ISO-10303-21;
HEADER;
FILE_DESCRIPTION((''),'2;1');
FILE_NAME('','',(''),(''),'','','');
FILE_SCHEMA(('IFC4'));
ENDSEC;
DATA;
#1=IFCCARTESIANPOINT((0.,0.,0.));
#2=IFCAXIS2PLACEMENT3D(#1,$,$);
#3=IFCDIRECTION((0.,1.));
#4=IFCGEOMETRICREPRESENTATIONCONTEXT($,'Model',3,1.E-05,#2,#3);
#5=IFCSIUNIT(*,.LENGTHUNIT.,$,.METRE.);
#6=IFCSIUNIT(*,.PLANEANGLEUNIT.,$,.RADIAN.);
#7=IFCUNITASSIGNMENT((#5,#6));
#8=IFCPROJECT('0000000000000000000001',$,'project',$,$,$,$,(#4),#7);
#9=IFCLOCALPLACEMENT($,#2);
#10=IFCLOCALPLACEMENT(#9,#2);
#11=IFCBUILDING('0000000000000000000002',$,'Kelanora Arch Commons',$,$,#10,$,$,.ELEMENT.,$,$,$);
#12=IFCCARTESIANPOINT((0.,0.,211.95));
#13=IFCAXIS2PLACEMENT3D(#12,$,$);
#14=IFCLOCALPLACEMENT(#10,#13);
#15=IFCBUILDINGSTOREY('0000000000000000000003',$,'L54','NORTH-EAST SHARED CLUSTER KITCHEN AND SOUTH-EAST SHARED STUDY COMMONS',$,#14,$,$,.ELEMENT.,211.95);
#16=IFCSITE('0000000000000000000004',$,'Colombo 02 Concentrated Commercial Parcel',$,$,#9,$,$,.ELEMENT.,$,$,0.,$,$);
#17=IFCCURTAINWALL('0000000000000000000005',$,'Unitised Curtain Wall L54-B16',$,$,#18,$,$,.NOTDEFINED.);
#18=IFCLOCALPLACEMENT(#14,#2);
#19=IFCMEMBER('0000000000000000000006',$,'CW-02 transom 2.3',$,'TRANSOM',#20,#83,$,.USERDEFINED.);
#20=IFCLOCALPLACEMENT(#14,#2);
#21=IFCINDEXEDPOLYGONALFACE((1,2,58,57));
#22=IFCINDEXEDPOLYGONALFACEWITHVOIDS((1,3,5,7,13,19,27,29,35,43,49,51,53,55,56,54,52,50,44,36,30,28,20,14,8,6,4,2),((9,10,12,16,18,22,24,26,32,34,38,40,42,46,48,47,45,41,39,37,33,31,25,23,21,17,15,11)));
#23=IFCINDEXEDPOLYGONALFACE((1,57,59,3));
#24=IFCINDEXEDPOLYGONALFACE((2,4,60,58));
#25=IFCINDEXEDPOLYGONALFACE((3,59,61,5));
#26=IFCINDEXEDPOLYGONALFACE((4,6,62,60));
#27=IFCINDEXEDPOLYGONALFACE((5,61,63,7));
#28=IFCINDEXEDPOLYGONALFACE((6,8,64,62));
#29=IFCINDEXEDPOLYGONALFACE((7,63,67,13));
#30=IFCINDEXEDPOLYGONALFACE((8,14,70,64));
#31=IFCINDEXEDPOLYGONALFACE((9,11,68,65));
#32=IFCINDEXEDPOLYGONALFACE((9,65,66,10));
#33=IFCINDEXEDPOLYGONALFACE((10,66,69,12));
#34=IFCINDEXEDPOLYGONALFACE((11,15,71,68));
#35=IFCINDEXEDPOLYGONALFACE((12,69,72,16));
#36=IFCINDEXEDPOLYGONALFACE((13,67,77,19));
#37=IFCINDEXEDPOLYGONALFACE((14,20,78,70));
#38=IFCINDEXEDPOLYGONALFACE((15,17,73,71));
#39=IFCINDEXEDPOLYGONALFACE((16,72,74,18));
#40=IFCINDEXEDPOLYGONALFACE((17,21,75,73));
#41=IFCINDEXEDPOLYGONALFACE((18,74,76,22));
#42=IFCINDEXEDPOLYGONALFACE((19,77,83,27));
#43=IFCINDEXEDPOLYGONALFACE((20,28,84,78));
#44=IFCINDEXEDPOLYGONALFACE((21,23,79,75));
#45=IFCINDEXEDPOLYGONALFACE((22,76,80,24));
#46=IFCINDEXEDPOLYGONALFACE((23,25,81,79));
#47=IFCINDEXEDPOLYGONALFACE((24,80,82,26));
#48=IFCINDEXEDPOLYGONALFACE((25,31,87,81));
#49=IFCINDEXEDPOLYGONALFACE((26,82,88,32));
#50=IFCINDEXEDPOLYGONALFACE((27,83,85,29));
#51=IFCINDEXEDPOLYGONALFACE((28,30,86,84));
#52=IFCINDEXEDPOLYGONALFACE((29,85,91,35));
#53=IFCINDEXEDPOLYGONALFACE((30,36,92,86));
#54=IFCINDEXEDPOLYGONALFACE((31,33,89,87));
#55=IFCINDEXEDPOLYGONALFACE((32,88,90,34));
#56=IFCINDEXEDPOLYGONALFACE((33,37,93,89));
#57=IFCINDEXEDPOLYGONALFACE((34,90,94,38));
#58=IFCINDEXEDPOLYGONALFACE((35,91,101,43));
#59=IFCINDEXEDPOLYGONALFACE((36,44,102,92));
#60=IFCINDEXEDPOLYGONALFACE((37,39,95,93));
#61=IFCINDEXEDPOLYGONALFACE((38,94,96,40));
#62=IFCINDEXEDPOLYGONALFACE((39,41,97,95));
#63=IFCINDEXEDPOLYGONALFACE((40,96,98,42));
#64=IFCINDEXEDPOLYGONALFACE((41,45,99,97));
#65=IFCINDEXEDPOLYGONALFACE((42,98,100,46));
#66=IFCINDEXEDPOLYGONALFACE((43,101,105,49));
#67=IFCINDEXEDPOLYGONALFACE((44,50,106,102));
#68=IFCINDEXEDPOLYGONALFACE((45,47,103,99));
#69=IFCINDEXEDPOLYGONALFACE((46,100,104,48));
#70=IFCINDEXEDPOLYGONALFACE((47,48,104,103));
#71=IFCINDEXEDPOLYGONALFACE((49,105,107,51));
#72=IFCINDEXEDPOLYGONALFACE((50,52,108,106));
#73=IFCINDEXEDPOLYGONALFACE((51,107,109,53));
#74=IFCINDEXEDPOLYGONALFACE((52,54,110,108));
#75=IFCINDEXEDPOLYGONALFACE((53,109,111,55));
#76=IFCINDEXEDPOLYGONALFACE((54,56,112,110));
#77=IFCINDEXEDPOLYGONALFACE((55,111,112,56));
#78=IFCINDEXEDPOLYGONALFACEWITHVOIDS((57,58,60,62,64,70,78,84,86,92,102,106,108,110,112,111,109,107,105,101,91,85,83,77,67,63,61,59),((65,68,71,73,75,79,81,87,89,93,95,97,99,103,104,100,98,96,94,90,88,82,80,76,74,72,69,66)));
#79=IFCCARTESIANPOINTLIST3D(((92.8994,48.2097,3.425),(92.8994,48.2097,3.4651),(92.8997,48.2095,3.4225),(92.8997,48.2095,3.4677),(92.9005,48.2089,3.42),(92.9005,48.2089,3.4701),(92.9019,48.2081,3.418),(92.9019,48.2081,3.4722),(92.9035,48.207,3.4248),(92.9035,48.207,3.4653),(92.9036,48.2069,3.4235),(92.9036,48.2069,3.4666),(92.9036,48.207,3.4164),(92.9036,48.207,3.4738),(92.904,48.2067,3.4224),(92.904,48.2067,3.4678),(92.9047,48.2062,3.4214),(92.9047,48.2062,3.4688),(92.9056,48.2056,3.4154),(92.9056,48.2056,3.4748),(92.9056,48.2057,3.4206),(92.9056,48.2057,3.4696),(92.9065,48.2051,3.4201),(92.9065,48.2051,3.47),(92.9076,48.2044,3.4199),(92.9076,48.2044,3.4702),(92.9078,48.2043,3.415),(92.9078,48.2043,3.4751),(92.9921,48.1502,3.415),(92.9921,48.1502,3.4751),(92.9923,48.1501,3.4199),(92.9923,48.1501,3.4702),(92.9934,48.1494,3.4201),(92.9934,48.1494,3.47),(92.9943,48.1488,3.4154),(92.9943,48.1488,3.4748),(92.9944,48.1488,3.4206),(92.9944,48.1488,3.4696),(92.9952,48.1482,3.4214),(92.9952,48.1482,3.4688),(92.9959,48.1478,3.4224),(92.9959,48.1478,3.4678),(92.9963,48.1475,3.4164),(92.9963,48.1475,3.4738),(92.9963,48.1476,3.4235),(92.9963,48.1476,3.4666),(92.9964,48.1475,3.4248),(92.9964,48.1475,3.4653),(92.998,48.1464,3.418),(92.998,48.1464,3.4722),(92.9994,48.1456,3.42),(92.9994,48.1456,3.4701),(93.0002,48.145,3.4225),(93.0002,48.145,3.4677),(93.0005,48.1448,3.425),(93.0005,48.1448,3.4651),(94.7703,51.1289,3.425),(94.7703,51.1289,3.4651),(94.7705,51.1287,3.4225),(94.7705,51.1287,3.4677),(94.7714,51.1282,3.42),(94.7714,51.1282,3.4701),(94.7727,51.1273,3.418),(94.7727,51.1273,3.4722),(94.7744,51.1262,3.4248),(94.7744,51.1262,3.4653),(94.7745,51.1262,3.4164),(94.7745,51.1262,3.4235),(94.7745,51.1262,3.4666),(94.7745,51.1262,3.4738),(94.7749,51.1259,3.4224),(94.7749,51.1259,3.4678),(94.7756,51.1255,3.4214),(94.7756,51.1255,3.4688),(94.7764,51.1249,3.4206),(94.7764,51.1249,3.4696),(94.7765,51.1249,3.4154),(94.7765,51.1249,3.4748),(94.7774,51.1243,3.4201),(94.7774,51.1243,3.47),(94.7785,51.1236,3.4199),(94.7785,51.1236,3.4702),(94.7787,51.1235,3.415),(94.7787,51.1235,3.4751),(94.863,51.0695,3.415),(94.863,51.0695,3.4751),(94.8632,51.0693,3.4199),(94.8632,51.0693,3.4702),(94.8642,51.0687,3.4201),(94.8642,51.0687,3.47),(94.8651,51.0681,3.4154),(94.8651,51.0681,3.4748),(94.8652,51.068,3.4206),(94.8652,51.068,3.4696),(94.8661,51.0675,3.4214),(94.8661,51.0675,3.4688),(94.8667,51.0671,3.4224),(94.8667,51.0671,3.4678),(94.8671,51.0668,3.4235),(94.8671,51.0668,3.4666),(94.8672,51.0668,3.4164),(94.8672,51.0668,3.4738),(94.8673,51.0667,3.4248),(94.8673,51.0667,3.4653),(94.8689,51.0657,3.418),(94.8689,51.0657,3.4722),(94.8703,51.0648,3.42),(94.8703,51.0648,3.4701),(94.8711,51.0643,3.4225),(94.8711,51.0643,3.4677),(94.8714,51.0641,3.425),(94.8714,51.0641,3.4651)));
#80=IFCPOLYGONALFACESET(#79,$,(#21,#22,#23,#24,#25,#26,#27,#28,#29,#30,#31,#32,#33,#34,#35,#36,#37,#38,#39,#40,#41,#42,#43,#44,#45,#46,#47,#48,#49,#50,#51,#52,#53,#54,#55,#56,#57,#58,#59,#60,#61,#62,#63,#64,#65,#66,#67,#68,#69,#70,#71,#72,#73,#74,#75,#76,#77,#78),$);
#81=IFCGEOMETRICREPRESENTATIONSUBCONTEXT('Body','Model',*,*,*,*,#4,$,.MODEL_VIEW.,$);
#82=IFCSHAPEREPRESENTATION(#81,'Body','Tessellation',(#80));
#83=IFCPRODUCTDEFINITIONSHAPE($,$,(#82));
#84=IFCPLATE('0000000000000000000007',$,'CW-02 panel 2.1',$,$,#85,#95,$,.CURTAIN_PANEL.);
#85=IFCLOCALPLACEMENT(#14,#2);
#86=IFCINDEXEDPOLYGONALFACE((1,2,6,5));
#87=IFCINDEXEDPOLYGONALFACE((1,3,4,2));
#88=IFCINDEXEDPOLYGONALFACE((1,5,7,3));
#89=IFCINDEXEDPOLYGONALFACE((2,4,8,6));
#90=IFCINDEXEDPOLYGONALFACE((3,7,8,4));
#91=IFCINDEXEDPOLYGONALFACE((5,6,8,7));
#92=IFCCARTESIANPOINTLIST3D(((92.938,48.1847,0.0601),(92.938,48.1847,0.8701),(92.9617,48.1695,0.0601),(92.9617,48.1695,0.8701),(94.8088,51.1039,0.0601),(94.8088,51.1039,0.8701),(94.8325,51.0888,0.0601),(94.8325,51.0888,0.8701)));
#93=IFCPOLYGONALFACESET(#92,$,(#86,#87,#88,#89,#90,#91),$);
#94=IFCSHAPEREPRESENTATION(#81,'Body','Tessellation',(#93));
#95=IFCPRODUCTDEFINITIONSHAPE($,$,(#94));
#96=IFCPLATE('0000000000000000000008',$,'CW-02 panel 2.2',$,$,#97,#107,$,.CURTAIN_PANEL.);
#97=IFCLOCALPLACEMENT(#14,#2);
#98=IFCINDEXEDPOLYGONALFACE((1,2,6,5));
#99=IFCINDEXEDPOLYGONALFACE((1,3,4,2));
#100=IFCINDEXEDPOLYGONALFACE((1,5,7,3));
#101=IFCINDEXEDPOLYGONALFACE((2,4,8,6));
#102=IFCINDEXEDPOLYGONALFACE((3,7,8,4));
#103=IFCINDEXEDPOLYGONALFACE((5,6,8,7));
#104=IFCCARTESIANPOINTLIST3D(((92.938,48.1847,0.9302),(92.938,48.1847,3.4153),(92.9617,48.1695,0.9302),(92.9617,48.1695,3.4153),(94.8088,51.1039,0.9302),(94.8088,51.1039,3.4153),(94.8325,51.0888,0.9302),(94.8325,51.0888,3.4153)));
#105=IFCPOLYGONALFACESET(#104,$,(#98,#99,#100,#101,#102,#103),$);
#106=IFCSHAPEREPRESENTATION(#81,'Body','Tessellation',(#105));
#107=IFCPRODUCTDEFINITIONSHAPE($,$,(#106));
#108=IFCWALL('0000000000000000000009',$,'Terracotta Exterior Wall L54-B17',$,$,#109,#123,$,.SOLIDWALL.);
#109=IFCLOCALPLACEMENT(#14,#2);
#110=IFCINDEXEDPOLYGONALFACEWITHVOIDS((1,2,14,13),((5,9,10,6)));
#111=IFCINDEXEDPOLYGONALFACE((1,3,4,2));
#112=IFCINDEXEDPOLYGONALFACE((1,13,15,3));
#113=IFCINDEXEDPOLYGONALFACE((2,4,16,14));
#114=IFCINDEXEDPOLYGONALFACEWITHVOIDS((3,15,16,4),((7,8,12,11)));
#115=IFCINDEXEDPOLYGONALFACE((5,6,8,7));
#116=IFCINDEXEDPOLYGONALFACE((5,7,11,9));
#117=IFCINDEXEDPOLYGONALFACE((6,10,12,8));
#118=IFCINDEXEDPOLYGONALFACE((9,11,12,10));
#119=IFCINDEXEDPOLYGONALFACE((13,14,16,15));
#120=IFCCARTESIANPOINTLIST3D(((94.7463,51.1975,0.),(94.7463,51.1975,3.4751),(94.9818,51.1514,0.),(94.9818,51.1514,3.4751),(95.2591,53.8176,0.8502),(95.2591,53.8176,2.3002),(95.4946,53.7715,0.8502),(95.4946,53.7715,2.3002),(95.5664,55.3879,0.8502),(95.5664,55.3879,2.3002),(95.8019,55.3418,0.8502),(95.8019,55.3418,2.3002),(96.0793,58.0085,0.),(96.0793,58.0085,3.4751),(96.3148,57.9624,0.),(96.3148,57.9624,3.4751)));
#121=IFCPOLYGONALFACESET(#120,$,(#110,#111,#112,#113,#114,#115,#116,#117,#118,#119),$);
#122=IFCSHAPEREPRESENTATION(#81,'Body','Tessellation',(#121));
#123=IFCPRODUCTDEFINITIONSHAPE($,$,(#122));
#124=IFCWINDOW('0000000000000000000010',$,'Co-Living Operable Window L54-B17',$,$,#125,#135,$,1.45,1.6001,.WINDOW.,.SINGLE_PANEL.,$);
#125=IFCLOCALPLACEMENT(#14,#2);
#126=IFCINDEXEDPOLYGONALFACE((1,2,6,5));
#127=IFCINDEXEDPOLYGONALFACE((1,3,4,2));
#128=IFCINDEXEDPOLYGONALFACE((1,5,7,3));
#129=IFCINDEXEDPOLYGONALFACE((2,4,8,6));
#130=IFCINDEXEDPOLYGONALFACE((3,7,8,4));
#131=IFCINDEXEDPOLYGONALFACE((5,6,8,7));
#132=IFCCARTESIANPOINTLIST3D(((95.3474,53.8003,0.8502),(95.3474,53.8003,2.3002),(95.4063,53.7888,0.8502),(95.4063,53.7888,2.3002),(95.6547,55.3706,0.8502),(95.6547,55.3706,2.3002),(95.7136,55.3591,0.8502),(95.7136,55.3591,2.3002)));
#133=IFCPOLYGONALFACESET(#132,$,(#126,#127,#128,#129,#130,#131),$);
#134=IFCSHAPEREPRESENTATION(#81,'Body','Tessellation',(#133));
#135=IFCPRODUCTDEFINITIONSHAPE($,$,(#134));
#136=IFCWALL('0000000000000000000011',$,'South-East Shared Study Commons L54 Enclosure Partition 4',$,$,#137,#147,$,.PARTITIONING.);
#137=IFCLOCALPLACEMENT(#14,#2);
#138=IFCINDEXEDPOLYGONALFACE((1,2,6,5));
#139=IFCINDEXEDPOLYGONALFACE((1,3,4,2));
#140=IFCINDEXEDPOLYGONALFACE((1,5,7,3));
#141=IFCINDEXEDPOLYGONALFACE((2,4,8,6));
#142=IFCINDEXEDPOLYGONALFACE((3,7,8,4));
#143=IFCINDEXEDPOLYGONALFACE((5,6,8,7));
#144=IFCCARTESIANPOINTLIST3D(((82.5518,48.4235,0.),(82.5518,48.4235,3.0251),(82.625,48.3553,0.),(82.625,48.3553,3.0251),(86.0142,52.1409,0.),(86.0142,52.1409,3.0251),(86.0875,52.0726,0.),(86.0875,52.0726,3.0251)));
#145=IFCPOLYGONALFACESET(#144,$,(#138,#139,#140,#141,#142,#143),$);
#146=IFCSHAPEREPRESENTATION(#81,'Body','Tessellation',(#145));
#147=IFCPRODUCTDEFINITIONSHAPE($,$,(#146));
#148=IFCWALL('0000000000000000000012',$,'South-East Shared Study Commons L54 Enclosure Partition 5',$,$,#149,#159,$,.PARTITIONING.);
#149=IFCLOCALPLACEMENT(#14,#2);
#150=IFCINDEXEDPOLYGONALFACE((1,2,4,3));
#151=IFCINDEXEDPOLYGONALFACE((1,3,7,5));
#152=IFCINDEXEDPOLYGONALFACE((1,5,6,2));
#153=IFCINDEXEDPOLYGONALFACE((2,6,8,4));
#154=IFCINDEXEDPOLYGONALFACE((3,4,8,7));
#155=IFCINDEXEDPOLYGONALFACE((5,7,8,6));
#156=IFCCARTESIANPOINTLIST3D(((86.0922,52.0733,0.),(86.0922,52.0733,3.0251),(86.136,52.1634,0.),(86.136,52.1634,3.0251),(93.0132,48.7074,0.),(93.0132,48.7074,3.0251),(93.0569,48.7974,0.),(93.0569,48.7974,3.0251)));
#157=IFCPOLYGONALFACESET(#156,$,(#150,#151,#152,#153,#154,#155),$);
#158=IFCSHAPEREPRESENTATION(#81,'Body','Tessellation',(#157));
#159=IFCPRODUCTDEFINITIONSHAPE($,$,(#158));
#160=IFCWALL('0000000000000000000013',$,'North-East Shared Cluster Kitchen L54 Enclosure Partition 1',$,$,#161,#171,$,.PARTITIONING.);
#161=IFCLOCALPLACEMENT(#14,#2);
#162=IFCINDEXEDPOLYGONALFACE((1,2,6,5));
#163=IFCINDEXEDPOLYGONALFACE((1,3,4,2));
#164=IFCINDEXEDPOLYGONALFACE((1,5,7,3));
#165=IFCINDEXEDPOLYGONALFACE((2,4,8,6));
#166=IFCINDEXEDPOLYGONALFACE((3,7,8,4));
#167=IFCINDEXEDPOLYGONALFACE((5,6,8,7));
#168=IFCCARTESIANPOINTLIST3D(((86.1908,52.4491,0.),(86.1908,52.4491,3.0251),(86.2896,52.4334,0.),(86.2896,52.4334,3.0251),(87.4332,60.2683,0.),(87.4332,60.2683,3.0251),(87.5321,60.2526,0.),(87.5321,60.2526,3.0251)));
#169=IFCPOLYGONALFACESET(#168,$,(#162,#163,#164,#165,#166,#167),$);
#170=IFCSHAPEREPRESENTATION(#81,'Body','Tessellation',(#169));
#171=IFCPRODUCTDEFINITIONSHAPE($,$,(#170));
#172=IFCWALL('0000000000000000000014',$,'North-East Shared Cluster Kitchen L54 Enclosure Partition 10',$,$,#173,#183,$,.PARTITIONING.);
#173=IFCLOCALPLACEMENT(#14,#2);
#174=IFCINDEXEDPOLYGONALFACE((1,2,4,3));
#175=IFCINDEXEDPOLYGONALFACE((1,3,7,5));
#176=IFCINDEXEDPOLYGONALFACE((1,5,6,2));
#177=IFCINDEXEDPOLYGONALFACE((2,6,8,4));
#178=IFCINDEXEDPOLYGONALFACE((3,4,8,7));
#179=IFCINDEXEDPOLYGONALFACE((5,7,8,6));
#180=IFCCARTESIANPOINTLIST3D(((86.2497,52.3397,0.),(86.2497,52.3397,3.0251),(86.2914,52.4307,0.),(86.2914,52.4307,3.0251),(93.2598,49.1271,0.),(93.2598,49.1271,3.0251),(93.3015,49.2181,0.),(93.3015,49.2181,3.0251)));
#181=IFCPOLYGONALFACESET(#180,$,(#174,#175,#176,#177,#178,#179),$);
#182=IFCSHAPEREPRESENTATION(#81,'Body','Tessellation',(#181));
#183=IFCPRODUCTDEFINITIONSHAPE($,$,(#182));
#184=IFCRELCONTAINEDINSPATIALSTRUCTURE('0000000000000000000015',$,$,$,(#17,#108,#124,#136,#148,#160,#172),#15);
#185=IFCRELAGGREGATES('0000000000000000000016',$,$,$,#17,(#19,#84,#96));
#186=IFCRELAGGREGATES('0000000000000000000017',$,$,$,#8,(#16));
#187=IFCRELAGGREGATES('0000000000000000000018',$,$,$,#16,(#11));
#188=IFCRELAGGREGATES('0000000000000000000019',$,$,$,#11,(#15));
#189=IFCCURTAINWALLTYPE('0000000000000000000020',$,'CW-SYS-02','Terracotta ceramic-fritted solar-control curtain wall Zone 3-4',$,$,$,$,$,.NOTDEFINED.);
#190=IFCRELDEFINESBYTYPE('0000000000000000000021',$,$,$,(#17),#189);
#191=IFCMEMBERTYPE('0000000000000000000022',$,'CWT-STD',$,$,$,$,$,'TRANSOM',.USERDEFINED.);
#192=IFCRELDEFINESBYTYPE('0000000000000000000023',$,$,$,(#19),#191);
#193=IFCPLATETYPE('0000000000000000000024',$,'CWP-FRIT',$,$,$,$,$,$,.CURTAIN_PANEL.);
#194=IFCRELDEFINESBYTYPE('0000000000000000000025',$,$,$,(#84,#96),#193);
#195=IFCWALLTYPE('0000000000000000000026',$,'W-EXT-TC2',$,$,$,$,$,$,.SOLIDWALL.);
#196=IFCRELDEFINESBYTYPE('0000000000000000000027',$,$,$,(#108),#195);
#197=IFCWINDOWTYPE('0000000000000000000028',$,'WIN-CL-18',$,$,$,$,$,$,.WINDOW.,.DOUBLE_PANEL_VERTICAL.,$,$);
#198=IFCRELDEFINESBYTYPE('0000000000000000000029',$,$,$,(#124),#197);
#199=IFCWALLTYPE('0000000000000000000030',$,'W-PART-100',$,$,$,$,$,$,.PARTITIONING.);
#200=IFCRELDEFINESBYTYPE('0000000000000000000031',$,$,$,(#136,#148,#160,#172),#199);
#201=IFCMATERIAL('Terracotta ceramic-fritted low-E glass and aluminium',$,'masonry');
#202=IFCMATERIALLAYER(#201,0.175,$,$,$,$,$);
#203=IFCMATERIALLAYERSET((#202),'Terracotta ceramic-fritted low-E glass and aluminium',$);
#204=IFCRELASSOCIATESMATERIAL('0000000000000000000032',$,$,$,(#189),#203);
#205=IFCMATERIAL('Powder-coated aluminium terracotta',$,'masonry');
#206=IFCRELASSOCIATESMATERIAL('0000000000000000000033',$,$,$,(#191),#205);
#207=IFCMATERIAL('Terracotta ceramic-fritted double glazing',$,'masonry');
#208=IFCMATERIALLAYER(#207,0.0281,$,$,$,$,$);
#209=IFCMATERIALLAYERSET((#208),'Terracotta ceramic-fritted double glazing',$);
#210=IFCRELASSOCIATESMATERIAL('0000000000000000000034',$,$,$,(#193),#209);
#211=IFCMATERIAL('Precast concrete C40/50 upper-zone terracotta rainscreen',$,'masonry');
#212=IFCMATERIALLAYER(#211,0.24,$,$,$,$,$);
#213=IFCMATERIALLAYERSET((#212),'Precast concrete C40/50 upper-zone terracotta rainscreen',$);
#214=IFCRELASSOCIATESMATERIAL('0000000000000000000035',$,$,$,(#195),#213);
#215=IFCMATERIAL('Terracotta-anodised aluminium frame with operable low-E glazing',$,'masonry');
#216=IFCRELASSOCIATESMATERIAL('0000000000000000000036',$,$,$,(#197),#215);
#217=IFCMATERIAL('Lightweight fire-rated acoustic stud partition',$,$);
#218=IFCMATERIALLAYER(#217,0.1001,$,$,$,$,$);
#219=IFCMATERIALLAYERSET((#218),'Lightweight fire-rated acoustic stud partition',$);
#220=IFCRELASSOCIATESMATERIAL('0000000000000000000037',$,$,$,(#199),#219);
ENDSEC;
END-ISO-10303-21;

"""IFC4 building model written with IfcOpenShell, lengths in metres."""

from ifc_helpers import new_model, si_unit, direction, frame, frame_2d, origin, origin_2d, place, context, subcontext, project, spatial, rectangle, hollow_rectangle, extrude, source, transform, mapped, material, layer, layer_set, material_profile, profile_set, type_object, element, fill, aggregate, save


model = new_model("IFC4")

# Units and contexts
model_context = context("Model", 3, precision=1e-05, world=origin(), true_north=direction((0.0, 1.0)))
body_context = subcontext(model_context, "Body", "Model", "MODEL_VIEW")
ifc_project = project(units=[si_unit("LENGTHUNIT", "METRE"), si_unit("PLANEANGLEUNIT", "RADIAN")], contexts=[model_context])

# Site, building, storey
site_placement = place(None, origin())
site = spatial("IfcSite", under=ifc_project, at=site_placement, Name="Colombo 02 Concentrated Commercial Parcel", CompositionType="ELEMENT", RefElevation=0.0)
building_placement = place(site_placement, origin())
building = spatial("IfcBuilding", under=site, at=building_placement, Name="Kelanora Arch Commons", CompositionType="ELEMENT")
storey_placement = place(building_placement, frame((0.0, 0.0, 211.95)))
storey = spatial("IfcBuildingStorey", under=building, at=storey_placement, Name="L54", Description="NORTH-EAST SHARED CLUSTER KITCHEN AND SOUTH-EAST SHARED STUDY COMMONS", CompositionType="ELEMENT", Elevation=211.95)

# Curtain wall, member, plates
ifc_material_1 = material(Name="Terracotta ceramic-fritted low-E glass and aluminium", Category="masonry")
ifc_layer_1 = layer(ifc_material_1, 0.175)
ifc_layer_set_1 = layer_set([ifc_layer_1], Name="Terracotta ceramic-fritted low-E glass and aluminium")
curtain_wall_type = type_object("IfcCurtainWallType", Name="CW-SYS-02", Description="Terracotta ceramic-fritted solar-control curtain wall Zone 3-4", PredefinedType="NOTDEFINED", material=ifc_layer_set_1)
curtain_wall_placement = place(storey_placement, origin())
curtain_wall = element("IfcCurtainWall", 1, at=curtain_wall_placement, inside=storey, type_object=curtain_wall_type, Name="Unitised Curtain Wall L54-B16", PredefinedType="NOTDEFINED")
ifc_material_2 = material(Name="Powder-coated aluminium terracotta", Category="masonry")
ifc_material_profile_1 = material_profile(ifc_material_2, hollow_rectangle(XDim=0.1201, YDim=0.0601, WallThickness=0.0049, InnerFilletRadius=0.0049, OuterFilletRadius=0.01, at=origin_2d()), Name="CWT120x60")
ifc_profile_set_1 = profile_set([ifc_material_profile_1], Name="Powder-coated aluminium terracotta")
member_type_1 = type_object("IfcMemberType", Name="CWT-STD", ElementType="TRANSOM", PredefinedType="USERDEFINED", material=ifc_profile_set_1)
member_1_placement = place(storey_placement, frame((92.95, 48.1772, 3.4451), z_axis=(0.539579, 0.841935, 0.0), x_axis=(-0.841935, 0.539579, 0.0)))
member_1 = element("IfcMember", 2, at=member_1_placement, type_object=member_type_1, Name="CW-02 transom 2.3", ObjectType="TRANSOM", PredefinedType="USERDEFINED", context=body_context, shape_type="SweptSolid", body=[
    extrude(hollow_rectangle(XDim=0.1201, YDim=0.0601, WallThickness=0.0049, InnerFilletRadius=0.0049, OuterFilletRadius=0.01, at=origin_2d()), origin(), (0.0, 0.0, 1.0), 3.4673),
])
ifc_material_3 = material(Name="Terracotta ceramic-fritted double glazing", Category="masonry")
ifc_layer_2 = layer(ifc_material_3, 0.0281)
ifc_layer_set_2 = layer_set([ifc_layer_2], Name="Terracotta ceramic-fritted double glazing")
plate_type = type_object("IfcPlateType", Name="CWP-FRIT", PredefinedType="CURTAIN_PANEL", material=ifc_layer_set_2)
shared_shape_1 = source(origin(), body_context, "Body", "SweptSolid", [
    extrude(rectangle(XDim=3.4673, YDim=0.0281, at=origin_2d()), origin(), (0.0, 0.0, 1.0), 0.8101),
])
plate_1_placement = place(storey_placement, frame((93.8853, 49.6367, 0.0601), z_axis=(0.0, 0.0, 1.0), x_axis=(0.539559, 0.841948, 0.0)))
plate_1 = element("IfcPlate", 3, at=plate_1_placement, type_object=plate_type, Name="CW-02 panel 2.1", PredefinedType="CURTAIN_PANEL", context=body_context, shape_type="MappedRepresentation", body=[
    mapped(shared_shape_1, transform((0.0, 0.0, 0.0), scale=1.0)),
])
shared_shape_2 = source(origin(), body_context, "Body", "SweptSolid", [
    extrude(rectangle(XDim=3.4673, YDim=0.0281, at=origin_2d()), origin(), (0.0, 0.0, 1.0), 2.4851),
])
plate_2_placement = place(storey_placement, frame((93.8853, 49.6367, 0.9302), z_axis=(0.0, 0.0, 1.0), x_axis=(0.539559, 0.841948, 0.0)))
plate_2 = element("IfcPlate", 4, at=plate_2_placement, type_object=plate_type, Name="CW-02 panel 2.2", PredefinedType="CURTAIN_PANEL", context=body_context, shape_type="MappedRepresentation", body=[
    mapped(shared_shape_2, transform((0.0, 0.0, 0.0), scale=1.0)),
])
aggregate(curtain_wall, [member_1, plate_1, plate_2])

# Wall, opening, window
ifc_material_4 = material(Name="Precast concrete C40/50 upper-zone terracotta rainscreen", Category="masonry")
ifc_layer_3 = layer(ifc_material_4, 0.24)
ifc_layer_set_3 = layer_set([ifc_layer_3], Name="Precast concrete C40/50 upper-zone terracotta rainscreen")
wall_type_1 = type_object("IfcWallType", Name="W-EXT-TC2", PredefinedType="SOLIDWALL", material=ifc_layer_set_3)
wall_1_placement = place(storey_placement, frame((94.864, 51.1743, 0.0), z_axis=(0.0, 0.0, 1.0), x_axis=(0.192069, 0.981381, 0.0)))
wall_1 = element("IfcWall", 5, at=wall_1_placement, inside=storey, type_object=wall_type_1, Name="Terracotta Exterior Wall L54-B17", PredefinedType="SOLIDWALL", context=body_context, shape_type="SweptSolid", body=[
    extrude(rectangle(XDim=6.9402, YDim=0.24, at=frame_2d((3.4702, 0.0))), origin(), (0.0, 0.0, 1.0), 3.4751),
])
opening_placement = place(wall_1_placement, frame((2.6699, 0.0, 0.8501)))
opening = element("IfcOpeningElement", 6, at=opening_placement, cuts=wall_1, PredefinedType="OPENING", context=body_context, shape_type="SweptSolid", body=[
    extrude(rectangle(XDim=1.6001, YDim=1.45, at=frame_2d((0.8, 0.7251))), frame((0.0, 0.1299, 0.0), z_axis=(0.0, -1.0, 0.0), x_axis=(1.0, 0.0, 0.0)), (0.0, 0.0, 1.0), 0.26),
])
ifc_material_5 = material(Name="Terracotta-anodised aluminium frame with operable low-E glazing", Category="masonry")
window_type = type_object("IfcWindowType", Name="WIN-CL-18", PartitioningType="DOUBLE_PANEL_VERTICAL", PredefinedType="WINDOW", material=ifc_material_5)
window_placement = place(opening_placement, origin())
window = element("IfcWindow", 7, at=window_placement, inside=storey, type_object=window_type, Name="Co-Living Operable Window L54-B17", OverallHeight=1.45, OverallWidth=1.6001, PartitioningType="SINGLE_PANEL", PredefinedType="WINDOW", context=body_context, shape_type="SweptSolid", body=[
    extrude(rectangle(XDim=1.6001, YDim=1.45, at=frame_2d((0.8, 0.7251))), frame((0.0, 0.03, 0.0), z_axis=(0.0, -1.0, 0.0), x_axis=(1.0, 0.0, 0.0)), (0.0, 0.0, 1.0), 0.0601),
])
fill(opening, window)

# Walls
ifc_material_6 = material(Name="Lightweight fire-rated acoustic stud partition")
ifc_layer_4 = layer(ifc_material_6, 0.1001)
ifc_layer_set_4 = layer_set([ifc_layer_4], Name="Lightweight fire-rated acoustic stud partition")
wall_type_2 = type_object("IfcWallType", Name="W-PART-100", PredefinedType="PARTITIONING", material=ifc_layer_set_4)
wall_2_placement = place(storey_placement, frame((82.5884, 48.3894, 0.0), z_axis=(0.0, 0.0, 1.0), x_axis=(0.681575, 0.731748, 0.0)))
element("IfcWall", 8, at=wall_2_placement, inside=storey, type_object=wall_type_2, Name="South-East Shared Study Commons L54 Enclosure Partition 4", PredefinedType="PARTITIONING", context=body_context, shape_type="SweptSolid", body=[
    extrude(rectangle(XDim=5.0801, YDim=0.1001, at=frame_2d((2.54, 0.0))), origin(), (0.0, 0.0, 1.0), 3.0251),
])
wall_3_placement = place(storey_placement, frame((86.114, 52.1184, 0.0), z_axis=(0.0, 0.0, 1.0), x_axis=(0.899284, -0.437365, 0.0)))
element("IfcWall", 9, at=wall_3_placement, inside=storey, type_object=wall_type_2, Name="South-East Shared Study Commons L54 Enclosure Partition 5", PredefinedType="PARTITIONING", context=body_context, shape_type="SweptSolid", body=[
    extrude(rectangle(XDim=7.696, YDim=0.1001, at=frame_2d((3.8481, 0.0))), origin(), (0.0, 0.0, 1.0), 3.0251),
])
wall_4_placement = place(storey_placement, frame((86.2402, 52.4414, 0.0), z_axis=(0.0, 0.0, 1.0), x_axis=(0.156928, 0.98761, 0.0)))
element("IfcWall", 10, at=wall_4_placement, inside=storey, type_object=wall_type_2, Name="North-East Shared Cluster Kitchen L54 Enclosure Partition 1", PredefinedType="PARTITIONING", context=body_context, shape_type="SweptSolid", body=[
    extrude(rectangle(XDim=7.9172, YDim=0.1001, at=frame_2d((3.9585, 0.0))), origin(), (0.0, 0.0, 1.0), 3.0251),
])
wall_5_placement = place(storey_placement, frame((93.2805, 49.1726, 0.0), z_axis=(0.0, 0.0, 1.0), x_axis=(-0.909078, 0.416625, 0.0)))
element("IfcWall", 11, at=wall_5_placement, inside=storey, type_object=wall_type_2, Name="North-East Shared Cluster Kitchen L54 Enclosure Partition 10", PredefinedType="PARTITIONING", context=body_context, shape_type="SweptSolid", body=[
    extrude(rectangle(XDim=7.7112, YDim=0.1001, at=frame_2d((3.8555, 0.0))), origin(), (0.0, 0.0, 1.0), 3.0251),
])

save(model, "model.ifc")
